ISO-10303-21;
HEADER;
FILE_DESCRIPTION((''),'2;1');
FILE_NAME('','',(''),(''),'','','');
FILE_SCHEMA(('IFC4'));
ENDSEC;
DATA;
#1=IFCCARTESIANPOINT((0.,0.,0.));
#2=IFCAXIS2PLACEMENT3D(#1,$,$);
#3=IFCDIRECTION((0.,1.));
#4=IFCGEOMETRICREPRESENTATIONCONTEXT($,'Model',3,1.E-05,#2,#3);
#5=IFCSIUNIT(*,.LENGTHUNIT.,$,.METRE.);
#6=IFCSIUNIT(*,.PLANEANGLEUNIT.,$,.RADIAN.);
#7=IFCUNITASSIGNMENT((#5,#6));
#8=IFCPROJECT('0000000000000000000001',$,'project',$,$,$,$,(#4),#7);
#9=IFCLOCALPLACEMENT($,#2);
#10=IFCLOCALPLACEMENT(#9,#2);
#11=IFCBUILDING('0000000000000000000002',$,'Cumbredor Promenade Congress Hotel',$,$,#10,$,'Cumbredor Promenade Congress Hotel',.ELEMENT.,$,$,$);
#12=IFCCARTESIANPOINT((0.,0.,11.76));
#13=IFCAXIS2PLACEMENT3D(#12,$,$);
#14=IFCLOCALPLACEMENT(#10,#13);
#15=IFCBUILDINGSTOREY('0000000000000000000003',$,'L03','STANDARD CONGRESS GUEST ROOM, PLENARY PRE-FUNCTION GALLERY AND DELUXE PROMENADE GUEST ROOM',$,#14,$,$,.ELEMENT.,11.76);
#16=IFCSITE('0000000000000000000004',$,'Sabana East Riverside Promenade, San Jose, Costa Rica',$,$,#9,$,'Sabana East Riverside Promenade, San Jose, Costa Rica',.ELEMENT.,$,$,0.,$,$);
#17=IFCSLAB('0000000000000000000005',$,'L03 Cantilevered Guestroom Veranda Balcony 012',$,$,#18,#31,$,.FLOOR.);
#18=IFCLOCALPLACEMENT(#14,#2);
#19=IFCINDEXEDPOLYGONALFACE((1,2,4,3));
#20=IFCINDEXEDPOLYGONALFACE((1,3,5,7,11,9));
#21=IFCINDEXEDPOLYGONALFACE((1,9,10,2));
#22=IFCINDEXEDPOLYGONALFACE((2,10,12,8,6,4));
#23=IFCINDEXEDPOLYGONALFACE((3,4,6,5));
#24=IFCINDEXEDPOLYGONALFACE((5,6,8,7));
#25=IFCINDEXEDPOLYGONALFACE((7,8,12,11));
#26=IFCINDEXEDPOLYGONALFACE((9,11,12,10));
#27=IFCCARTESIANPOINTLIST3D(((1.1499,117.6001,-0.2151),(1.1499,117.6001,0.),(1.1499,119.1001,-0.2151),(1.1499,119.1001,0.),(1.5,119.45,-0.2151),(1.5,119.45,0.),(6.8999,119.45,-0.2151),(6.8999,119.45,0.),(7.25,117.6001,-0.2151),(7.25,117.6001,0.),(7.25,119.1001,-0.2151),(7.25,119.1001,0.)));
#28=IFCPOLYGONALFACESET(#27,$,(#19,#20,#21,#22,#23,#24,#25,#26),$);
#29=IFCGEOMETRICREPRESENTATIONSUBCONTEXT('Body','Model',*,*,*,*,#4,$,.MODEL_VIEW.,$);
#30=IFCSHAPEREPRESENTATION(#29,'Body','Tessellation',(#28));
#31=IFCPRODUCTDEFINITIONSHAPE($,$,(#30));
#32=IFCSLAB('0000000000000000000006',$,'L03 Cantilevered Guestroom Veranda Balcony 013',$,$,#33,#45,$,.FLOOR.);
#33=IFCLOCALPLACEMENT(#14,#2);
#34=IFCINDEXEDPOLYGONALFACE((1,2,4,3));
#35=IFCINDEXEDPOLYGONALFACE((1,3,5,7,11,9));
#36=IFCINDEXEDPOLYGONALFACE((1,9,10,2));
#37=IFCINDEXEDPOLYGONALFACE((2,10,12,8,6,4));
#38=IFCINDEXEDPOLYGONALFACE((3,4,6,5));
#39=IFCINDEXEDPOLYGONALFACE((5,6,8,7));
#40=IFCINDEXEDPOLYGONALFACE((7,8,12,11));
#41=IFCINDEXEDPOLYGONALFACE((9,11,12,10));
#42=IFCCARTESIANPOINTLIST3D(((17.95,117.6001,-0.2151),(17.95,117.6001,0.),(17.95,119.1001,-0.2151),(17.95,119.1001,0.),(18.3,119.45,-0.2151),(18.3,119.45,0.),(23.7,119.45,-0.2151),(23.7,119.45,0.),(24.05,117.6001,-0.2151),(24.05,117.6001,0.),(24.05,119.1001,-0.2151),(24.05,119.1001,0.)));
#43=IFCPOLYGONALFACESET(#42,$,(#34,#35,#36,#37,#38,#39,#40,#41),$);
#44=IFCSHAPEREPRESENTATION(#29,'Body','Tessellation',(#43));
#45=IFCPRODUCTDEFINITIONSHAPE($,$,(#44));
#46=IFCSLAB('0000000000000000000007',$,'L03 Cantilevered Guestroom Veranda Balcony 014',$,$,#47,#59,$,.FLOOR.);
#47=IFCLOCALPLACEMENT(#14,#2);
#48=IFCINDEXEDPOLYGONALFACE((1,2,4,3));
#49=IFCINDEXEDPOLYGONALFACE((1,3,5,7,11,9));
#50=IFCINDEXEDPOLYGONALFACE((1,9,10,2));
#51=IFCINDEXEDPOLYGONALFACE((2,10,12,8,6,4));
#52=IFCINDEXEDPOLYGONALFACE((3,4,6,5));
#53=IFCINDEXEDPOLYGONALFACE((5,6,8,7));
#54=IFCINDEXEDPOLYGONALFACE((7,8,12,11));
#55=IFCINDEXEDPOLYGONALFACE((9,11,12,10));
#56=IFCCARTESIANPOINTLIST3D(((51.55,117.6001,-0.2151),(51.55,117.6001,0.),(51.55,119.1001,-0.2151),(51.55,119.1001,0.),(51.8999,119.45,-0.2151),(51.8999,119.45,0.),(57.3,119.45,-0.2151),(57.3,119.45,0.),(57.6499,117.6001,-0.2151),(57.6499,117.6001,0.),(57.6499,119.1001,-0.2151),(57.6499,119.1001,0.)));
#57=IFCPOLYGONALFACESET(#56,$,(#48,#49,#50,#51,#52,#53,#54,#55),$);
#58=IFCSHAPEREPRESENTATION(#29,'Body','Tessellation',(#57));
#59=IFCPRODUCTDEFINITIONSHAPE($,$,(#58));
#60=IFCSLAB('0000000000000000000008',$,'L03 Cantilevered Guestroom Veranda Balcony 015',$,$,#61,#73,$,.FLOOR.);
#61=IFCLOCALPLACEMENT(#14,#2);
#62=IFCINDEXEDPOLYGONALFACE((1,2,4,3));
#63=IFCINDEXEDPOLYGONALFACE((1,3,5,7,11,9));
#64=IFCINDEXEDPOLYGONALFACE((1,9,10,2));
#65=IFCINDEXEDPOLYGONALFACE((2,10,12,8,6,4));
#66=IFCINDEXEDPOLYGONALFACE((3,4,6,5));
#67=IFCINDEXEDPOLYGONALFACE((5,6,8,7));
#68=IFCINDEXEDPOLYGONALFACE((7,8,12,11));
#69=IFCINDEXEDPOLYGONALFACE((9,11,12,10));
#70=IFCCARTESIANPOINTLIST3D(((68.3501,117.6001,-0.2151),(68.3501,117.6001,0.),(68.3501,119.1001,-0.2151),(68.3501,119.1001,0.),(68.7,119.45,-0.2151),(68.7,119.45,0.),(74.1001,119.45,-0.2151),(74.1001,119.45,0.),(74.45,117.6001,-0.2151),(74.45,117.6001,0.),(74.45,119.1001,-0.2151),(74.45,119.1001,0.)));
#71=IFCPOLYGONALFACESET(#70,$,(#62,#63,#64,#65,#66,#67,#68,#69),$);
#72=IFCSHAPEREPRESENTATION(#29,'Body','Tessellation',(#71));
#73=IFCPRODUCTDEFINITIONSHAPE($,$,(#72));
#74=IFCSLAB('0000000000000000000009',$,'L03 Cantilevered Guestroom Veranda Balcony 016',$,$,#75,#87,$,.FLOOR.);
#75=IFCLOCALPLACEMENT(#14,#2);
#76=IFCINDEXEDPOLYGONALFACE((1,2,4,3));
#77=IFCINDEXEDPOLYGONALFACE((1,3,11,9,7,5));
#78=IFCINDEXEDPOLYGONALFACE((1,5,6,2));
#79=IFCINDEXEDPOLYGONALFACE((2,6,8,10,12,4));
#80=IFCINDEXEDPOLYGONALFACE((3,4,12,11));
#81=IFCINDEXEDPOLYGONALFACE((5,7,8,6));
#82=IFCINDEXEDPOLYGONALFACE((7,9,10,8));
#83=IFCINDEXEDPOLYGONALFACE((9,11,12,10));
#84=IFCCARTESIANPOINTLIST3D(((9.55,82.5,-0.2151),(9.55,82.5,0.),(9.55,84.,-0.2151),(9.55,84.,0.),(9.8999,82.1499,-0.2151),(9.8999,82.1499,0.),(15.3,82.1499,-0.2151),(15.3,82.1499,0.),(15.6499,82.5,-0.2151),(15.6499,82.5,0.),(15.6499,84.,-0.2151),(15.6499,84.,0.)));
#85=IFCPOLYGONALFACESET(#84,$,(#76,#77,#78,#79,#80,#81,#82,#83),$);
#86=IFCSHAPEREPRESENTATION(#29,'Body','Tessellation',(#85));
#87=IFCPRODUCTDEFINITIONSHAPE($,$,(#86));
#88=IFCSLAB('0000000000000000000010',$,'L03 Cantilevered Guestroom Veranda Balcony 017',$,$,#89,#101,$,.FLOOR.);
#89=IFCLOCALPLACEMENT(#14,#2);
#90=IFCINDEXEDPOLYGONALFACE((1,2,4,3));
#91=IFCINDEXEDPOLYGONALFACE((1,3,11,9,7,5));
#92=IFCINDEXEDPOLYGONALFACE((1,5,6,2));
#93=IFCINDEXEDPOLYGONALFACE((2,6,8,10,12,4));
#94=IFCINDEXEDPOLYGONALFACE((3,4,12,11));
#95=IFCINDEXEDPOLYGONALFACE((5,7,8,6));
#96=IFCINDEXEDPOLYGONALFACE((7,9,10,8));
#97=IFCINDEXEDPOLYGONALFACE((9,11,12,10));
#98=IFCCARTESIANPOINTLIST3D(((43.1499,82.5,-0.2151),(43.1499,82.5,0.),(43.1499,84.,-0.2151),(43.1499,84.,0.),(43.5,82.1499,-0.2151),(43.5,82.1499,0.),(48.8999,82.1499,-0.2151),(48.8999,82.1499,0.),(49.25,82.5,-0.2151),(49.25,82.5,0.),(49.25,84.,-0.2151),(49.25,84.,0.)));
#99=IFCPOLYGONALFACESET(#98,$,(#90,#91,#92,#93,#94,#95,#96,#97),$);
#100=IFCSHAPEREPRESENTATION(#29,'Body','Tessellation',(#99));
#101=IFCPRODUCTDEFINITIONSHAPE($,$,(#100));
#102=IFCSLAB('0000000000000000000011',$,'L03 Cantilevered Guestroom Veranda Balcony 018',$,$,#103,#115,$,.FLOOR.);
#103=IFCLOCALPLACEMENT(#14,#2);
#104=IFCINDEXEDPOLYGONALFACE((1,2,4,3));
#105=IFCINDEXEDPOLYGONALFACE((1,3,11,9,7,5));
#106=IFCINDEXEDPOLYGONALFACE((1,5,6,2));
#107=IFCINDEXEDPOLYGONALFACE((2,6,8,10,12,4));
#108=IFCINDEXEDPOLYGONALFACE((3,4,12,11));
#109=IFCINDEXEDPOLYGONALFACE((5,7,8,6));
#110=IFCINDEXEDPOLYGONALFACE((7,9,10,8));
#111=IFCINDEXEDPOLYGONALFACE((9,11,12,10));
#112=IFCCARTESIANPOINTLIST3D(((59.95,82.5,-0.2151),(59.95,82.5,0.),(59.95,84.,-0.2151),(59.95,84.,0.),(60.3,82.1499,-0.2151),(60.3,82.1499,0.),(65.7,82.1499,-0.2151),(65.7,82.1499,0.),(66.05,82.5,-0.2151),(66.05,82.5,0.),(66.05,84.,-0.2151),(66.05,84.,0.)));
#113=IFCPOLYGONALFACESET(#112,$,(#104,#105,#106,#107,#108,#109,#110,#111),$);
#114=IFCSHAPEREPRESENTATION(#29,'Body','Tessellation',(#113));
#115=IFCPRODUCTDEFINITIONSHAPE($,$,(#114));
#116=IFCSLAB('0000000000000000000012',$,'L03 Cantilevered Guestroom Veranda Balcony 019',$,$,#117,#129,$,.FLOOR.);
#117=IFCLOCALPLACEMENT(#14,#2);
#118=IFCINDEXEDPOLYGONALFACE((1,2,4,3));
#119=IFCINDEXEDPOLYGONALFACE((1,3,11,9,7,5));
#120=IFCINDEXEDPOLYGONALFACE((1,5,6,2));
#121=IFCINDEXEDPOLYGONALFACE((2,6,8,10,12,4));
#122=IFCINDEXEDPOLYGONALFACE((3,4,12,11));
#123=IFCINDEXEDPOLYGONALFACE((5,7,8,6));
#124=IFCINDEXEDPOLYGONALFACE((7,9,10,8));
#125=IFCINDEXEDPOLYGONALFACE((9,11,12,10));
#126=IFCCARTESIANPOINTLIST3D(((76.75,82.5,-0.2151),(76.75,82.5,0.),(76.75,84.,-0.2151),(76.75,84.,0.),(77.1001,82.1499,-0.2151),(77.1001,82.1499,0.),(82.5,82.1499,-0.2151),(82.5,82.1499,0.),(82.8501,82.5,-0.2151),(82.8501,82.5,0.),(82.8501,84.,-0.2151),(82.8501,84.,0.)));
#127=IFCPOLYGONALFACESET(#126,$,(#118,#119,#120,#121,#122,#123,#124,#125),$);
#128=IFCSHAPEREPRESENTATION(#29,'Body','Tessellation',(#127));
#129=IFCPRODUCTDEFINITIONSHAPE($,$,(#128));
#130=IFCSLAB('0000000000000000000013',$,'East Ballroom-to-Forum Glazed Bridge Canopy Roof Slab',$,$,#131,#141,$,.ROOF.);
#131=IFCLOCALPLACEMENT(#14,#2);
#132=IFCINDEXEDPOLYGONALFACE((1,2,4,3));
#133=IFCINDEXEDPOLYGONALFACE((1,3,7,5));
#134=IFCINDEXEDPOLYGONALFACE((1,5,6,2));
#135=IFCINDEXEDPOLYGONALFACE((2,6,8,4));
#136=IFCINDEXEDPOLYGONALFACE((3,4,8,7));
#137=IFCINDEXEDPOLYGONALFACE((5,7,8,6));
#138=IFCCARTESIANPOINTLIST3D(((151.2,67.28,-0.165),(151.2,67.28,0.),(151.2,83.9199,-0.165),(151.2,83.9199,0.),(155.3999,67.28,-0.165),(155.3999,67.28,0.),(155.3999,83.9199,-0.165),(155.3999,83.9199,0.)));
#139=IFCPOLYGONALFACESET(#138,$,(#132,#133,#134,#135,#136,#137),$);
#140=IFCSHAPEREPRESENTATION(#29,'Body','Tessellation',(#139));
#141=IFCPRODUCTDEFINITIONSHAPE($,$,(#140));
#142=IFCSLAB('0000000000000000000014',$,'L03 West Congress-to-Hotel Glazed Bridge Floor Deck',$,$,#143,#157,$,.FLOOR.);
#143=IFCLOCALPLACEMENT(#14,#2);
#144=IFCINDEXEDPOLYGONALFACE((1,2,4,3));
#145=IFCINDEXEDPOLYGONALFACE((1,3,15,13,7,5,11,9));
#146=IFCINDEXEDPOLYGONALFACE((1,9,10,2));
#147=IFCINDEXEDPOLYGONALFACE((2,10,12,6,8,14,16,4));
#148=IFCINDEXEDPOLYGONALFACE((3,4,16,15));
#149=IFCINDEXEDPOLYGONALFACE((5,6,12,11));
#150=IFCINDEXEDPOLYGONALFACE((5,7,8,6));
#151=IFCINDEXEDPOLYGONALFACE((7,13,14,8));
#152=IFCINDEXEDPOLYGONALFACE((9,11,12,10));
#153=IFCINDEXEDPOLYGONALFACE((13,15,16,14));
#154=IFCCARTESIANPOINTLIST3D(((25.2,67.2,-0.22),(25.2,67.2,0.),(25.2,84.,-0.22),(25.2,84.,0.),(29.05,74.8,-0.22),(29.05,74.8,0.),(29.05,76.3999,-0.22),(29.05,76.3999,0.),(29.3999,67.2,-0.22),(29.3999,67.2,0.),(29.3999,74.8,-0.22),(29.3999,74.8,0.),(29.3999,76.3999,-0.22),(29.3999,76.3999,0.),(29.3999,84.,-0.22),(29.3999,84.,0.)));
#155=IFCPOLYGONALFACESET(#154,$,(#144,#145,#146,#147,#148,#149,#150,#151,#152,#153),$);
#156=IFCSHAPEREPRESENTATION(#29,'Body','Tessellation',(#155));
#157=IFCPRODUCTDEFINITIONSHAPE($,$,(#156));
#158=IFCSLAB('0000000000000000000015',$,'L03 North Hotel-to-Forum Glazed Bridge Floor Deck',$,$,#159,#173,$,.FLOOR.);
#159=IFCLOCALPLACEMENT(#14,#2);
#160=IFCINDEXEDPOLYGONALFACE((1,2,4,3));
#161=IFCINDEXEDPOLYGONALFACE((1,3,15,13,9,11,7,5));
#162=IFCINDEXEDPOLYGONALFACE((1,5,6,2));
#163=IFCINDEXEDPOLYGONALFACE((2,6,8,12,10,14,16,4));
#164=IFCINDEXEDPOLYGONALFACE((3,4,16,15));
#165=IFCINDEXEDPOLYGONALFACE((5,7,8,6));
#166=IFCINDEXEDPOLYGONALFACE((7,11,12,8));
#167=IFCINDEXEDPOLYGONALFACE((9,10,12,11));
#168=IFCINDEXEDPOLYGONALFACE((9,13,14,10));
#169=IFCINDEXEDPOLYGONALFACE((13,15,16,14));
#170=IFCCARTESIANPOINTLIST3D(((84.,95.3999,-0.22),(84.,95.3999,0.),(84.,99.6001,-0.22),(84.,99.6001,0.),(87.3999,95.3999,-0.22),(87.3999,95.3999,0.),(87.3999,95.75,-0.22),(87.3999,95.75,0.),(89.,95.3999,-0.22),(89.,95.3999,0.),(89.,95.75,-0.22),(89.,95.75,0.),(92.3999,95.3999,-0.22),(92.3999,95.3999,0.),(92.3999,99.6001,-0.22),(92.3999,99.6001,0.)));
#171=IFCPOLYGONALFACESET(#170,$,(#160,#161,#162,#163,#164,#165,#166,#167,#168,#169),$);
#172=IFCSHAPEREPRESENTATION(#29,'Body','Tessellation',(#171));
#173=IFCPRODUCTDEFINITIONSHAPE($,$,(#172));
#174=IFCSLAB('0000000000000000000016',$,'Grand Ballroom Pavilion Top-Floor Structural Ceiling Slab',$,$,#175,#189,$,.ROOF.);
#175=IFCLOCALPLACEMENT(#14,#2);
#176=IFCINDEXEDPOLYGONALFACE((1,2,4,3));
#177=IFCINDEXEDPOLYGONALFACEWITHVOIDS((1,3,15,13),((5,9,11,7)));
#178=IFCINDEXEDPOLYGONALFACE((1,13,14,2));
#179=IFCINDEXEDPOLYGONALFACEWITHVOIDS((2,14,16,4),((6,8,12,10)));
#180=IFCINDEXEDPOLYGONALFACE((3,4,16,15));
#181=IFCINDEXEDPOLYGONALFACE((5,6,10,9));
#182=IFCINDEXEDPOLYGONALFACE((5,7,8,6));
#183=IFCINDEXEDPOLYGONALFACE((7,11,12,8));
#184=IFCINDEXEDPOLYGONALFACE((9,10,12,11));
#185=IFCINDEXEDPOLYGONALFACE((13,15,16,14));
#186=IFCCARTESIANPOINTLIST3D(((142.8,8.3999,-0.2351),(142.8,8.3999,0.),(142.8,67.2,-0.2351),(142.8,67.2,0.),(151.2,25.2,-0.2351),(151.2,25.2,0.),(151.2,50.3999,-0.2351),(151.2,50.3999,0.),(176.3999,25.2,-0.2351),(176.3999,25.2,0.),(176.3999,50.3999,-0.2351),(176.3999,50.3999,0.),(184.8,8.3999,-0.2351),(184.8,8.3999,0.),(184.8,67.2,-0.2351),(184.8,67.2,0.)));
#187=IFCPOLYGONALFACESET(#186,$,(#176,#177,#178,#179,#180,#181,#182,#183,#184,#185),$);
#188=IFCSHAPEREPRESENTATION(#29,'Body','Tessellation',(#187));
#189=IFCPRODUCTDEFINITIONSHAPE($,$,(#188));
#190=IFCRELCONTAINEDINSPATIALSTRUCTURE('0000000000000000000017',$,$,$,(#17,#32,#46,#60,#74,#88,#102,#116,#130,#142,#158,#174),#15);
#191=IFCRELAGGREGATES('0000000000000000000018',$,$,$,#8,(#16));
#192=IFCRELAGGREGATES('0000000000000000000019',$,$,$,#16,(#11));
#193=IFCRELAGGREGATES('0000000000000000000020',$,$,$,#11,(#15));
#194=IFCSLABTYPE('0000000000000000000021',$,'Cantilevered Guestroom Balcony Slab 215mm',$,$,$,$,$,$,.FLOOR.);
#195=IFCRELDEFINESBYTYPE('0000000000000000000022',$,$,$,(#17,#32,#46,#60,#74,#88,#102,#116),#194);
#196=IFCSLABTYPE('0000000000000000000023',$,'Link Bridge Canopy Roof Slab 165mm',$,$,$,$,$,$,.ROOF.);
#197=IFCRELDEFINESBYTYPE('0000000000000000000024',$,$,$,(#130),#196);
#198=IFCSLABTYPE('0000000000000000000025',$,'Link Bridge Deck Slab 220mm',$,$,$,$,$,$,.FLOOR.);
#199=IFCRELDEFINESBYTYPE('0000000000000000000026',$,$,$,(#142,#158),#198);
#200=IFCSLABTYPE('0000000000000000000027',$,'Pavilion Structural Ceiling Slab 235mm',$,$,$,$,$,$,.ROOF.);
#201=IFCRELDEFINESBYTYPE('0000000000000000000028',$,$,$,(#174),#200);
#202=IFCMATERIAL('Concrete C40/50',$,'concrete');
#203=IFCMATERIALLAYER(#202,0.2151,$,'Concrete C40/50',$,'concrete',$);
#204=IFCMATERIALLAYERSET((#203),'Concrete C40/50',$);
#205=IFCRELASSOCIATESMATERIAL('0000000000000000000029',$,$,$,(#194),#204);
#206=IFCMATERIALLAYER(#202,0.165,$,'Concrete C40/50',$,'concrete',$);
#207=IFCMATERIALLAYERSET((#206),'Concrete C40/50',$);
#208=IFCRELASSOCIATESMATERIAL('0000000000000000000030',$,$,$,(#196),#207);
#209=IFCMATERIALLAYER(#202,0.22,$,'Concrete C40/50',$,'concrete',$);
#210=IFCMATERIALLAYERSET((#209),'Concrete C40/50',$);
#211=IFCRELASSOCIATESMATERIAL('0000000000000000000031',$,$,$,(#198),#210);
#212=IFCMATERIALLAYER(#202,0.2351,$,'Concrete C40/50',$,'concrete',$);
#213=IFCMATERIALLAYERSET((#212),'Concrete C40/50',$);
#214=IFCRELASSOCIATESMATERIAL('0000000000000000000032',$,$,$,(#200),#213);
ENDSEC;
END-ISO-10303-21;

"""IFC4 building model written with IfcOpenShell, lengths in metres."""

from ifc_helpers import new_model, si_unit, direction, frame, origin, place, context, subcontext, project, spatial, polyline, outline, extrude, material, layer, layer_set, type_object, element, save


model = new_model("IFC4")

# Units and contexts
model_context = context("Model", 3, precision=1e-05, world=origin(), true_north=direction((0.0, 1.0)))
body_context = subcontext(model_context, "Body", "Model", "MODEL_VIEW")
ifc_project = project(units=[si_unit("LENGTHUNIT", "METRE"), si_unit("PLANEANGLEUNIT", "RADIAN")], contexts=[model_context])

# Site, building, storey
site_placement = place(None, origin())
site = spatial("IfcSite", under=ifc_project, at=site_placement, Name="Sabana East Riverside Promenade, San Jose, Costa Rica", LongName="Sabana East Riverside Promenade, San Jose, Costa Rica", CompositionType="ELEMENT", RefElevation=0.0)
building_placement = place(site_placement, origin())
building = spatial("IfcBuilding", under=site, at=building_placement, Name="Cumbredor Promenade Congress Hotel", LongName="Cumbredor Promenade Congress Hotel", CompositionType="ELEMENT")
storey_placement = place(building_placement, frame((0.0, 0.0, 11.76)))
storey = spatial("IfcBuildingStorey", under=building, at=storey_placement, Name="L03", Description="STANDARD CONGRESS GUEST ROOM, PLENARY PRE-FUNCTION GALLERY AND DELUXE PROMENADE GUEST ROOM", CompositionType="ELEMENT", Elevation=11.76)

# Slabs
ifc_material_1 = material(Name="Concrete C40/50", Category="concrete")
ifc_layer_1 = layer(ifc_material_1, 0.2151, Name="Concrete C40/50", Category="concrete")
ifc_layer_set_1 = layer_set([ifc_layer_1], Name="Concrete C40/50")
slab_type_1 = type_object("IfcSlabType", Name="Cantilevered Guestroom Balcony Slab 215mm", PredefinedType="FLOOR", material=ifc_layer_set_1)
slab_1_placement = place(storey_placement, frame((0.0, 0.0, -0.2151)))
element("IfcSlab", 1, at=slab_1_placement, inside=storey, type_object=slab_type_1, Name="L03 Cantilevered Guestroom Veranda Balcony 012", PredefinedType="FLOOR", context=body_context, shape_type="SweptSolid", body=[
    extrude(outline(polyline([(1.1499, 117.6001), (7.25, 117.6001), (7.25, 119.1001), (6.8999, 119.45), (1.5, 119.45), (1.1499, 119.1001), (1.1499, 117.6001)])), origin(), (0.0, 0.0, 1.0), 0.2151),
])
slab_2_placement = place(storey_placement, frame((0.0, 0.0, -0.2151)))
element("IfcSlab", 2, at=slab_2_placement, inside=storey, type_object=slab_type_1, Name="L03 Cantilevered Guestroom Veranda Balcony 013", PredefinedType="FLOOR", context=body_context, shape_type="SweptSolid", body=[
    extrude(outline(polyline([(17.95, 117.6001), (24.05, 117.6001), (24.05, 119.1001), (23.7, 119.45), (18.3, 119.45), (17.95, 119.1001), (17.95, 117.6001)])), origin(), (0.0, 0.0, 1.0), 0.2151),
])
slab_3_placement = place(storey_placement, frame((0.0, 0.0, -0.2151)))
element("IfcSlab", 3, at=slab_3_placement, inside=storey, type_object=slab_type_1, Name="L03 Cantilevered Guestroom Veranda Balcony 014", PredefinedType="FLOOR", context=body_context, shape_type="SweptSolid", body=[
    extrude(outline(polyline([(51.55, 117.6001), (57.6499, 117.6001), (57.6499, 119.1001), (57.3, 119.45), (51.8999, 119.45), (51.55, 119.1001), (51.55, 117.6001)])), origin(), (0.0, 0.0, 1.0), 0.2151),
])
slab_4_placement = place(storey_placement, frame((0.0, 0.0, -0.2151)))
element("IfcSlab", 4, at=slab_4_placement, inside=storey, type_object=slab_type_1, Name="L03 Cantilevered Guestroom Veranda Balcony 015", PredefinedType="FLOOR", context=body_context, shape_type="SweptSolid", body=[
    extrude(outline(polyline([(68.3501, 117.6001), (74.45, 117.6001), (74.45, 119.1001), (74.1001, 119.45), (68.7, 119.45), (68.3501, 119.1001), (68.3501, 117.6001)])), origin(), (0.0, 0.0, 1.0), 0.2151),
])
slab_5_placement = place(storey_placement, frame((0.0, 0.0, -0.2151)))
element("IfcSlab", 5, at=slab_5_placement, inside=storey, type_object=slab_type_1, Name="L03 Cantilevered Guestroom Veranda Balcony 016", PredefinedType="FLOOR", context=body_context, shape_type="SweptSolid", body=[
    extrude(outline(polyline([(9.8999, 82.1499), (15.3, 82.1499), (15.6499, 82.5), (15.6499, 84.0), (9.55, 84.0), (9.55, 82.5), (9.8999, 82.1499)])), origin(), (0.0, 0.0, 1.0), 0.2151),
])
slab_6_placement = place(storey_placement, frame((0.0, 0.0, -0.2151)))
element("IfcSlab", 6, at=slab_6_placement, inside=storey, type_object=slab_type_1, Name="L03 Cantilevered Guestroom Veranda Balcony 017", PredefinedType="FLOOR", context=body_context, shape_type="SweptSolid", body=[
    extrude(outline(polyline([(43.5, 82.1499), (48.8999, 82.1499), (49.25, 82.5), (49.25, 84.0), (43.1499, 84.0), (43.1499, 82.5), (43.5, 82.1499)])), origin(), (0.0, 0.0, 1.0), 0.2151),
])
slab_7_placement = place(storey_placement, frame((0.0, 0.0, -0.2151)))
element("IfcSlab", 7, at=slab_7_placement, inside=storey, type_object=slab_type_1, Name="L03 Cantilevered Guestroom Veranda Balcony 018", PredefinedType="FLOOR", context=body_context, shape_type="SweptSolid", body=[
    extrude(outline(polyline([(60.3, 82.1499), (65.7, 82.1499), (66.05, 82.5), (66.05, 84.0), (59.95, 84.0), (59.95, 82.5), (60.3, 82.1499)])), origin(), (0.0, 0.0, 1.0), 0.2151),
])
slab_8_placement = place(storey_placement, frame((0.0, 0.0, -0.2151)))
element("IfcSlab", 8, at=slab_8_placement, inside=storey, type_object=slab_type_1, Name="L03 Cantilevered Guestroom Veranda Balcony 019", PredefinedType="FLOOR", context=body_context, shape_type="SweptSolid", body=[
    extrude(outline(polyline([(77.1001, 82.1499), (82.5, 82.1499), (82.8501, 82.5), (82.8501, 84.0), (76.75, 84.0), (76.75, 82.5), (77.1001, 82.1499)])), origin(), (0.0, 0.0, 1.0), 0.2151),
])
ifc_layer_2 = layer(ifc_material_1, 0.165, Name="Concrete C40/50", Category="concrete")
ifc_layer_set_2 = layer_set([ifc_layer_2], Name="Concrete C40/50")
slab_type_2 = type_object("IfcSlabType", Name="Link Bridge Canopy Roof Slab 165mm", PredefinedType="ROOF", material=ifc_layer_set_2)
slab_9_placement = place(storey_placement, frame((0.0, 0.0, -0.165)))
element("IfcSlab", 9, at=slab_9_placement, inside=storey, type_object=slab_type_2, Name="East Ballroom-to-Forum Glazed Bridge Canopy Roof Slab", PredefinedType="ROOF", context=body_context, shape_type="SweptSolid", body=[
    extrude(outline(polyline([(151.2, 67.28), (155.3999, 67.28), (155.3999, 83.9199), (151.2, 83.9199), (151.2, 67.28)])), origin(), (0.0, 0.0, 1.0), 0.165),
])
ifc_layer_3 = layer(ifc_material_1, 0.22, Name="Concrete C40/50", Category="concrete")
ifc_layer_set_3 = layer_set([ifc_layer_3], Name="Concrete C40/50")
slab_type_3 = type_object("IfcSlabType", Name="Link Bridge Deck Slab 220mm", PredefinedType="FLOOR", material=ifc_layer_set_3)
slab_10_placement = place(storey_placement, frame((0.0, 0.0, -0.22)))
element("IfcSlab", 10, at=slab_10_placement, inside=storey, type_object=slab_type_3, Name="L03 West Congress-to-Hotel Glazed Bridge Floor Deck", PredefinedType="FLOOR", context=body_context, shape_type="SweptSolid", body=[
    extrude(outline(polyline([(25.2, 67.2), (29.3999, 67.2), (29.3999, 74.8), (29.05, 74.8), (29.05, 76.3999), (29.3999, 76.3999), (29.3999, 84.0), (25.2, 84.0), (25.2, 67.2)])), origin(), (0.0, 0.0, 1.0), 0.22),
])
slab_11_placement = place(storey_placement, frame((0.0, 0.0, -0.22)))
element("IfcSlab", 11, at=slab_11_placement, inside=storey, type_object=slab_type_3, Name="L03 North Hotel-to-Forum Glazed Bridge Floor Deck", PredefinedType="FLOOR", context=body_context, shape_type="SweptSolid", body=[
    extrude(outline(polyline([(84.0, 95.3999), (87.3999, 95.3999), (87.3999, 95.75), (89.0, 95.75), (89.0, 95.3999), (92.3999, 95.3999), (92.3999, 99.6001), (84.0, 99.6001), (84.0, 95.3999)])), origin(), (0.0, 0.0, 1.0), 0.22),
])
ifc_layer_4 = layer(ifc_material_1, 0.2351, Name="Concrete C40/50", Category="concrete")
ifc_layer_set_4 = layer_set([ifc_layer_4], Name="Concrete C40/50")
slab_type_4 = type_object("IfcSlabType", Name="Pavilion Structural Ceiling Slab 235mm", PredefinedType="ROOF", material=ifc_layer_set_4)
slab_12_placement = place(storey_placement, frame((0.0, 0.0, -0.2351)))
element("IfcSlab", 12, at=slab_12_placement, inside=storey, type_object=slab_type_4, Name="Grand Ballroom Pavilion Top-Floor Structural Ceiling Slab", PredefinedType="ROOF", context=body_context, shape_type="SweptSolid", body=[
    extrude(outline(polyline([(142.8, 8.3999), (184.8, 8.3999), (184.8, 67.2), (142.8, 67.2), (142.8, 8.3999)]), holes=[polyline([(151.2, 25.2), (176.3999, 25.2), (176.3999, 50.3999), (151.2, 50.3999), (151.2, 25.2)])]), origin(), (0.0, 0.0, 1.0), 0.2351),
])

save(model, "model.ifc")
